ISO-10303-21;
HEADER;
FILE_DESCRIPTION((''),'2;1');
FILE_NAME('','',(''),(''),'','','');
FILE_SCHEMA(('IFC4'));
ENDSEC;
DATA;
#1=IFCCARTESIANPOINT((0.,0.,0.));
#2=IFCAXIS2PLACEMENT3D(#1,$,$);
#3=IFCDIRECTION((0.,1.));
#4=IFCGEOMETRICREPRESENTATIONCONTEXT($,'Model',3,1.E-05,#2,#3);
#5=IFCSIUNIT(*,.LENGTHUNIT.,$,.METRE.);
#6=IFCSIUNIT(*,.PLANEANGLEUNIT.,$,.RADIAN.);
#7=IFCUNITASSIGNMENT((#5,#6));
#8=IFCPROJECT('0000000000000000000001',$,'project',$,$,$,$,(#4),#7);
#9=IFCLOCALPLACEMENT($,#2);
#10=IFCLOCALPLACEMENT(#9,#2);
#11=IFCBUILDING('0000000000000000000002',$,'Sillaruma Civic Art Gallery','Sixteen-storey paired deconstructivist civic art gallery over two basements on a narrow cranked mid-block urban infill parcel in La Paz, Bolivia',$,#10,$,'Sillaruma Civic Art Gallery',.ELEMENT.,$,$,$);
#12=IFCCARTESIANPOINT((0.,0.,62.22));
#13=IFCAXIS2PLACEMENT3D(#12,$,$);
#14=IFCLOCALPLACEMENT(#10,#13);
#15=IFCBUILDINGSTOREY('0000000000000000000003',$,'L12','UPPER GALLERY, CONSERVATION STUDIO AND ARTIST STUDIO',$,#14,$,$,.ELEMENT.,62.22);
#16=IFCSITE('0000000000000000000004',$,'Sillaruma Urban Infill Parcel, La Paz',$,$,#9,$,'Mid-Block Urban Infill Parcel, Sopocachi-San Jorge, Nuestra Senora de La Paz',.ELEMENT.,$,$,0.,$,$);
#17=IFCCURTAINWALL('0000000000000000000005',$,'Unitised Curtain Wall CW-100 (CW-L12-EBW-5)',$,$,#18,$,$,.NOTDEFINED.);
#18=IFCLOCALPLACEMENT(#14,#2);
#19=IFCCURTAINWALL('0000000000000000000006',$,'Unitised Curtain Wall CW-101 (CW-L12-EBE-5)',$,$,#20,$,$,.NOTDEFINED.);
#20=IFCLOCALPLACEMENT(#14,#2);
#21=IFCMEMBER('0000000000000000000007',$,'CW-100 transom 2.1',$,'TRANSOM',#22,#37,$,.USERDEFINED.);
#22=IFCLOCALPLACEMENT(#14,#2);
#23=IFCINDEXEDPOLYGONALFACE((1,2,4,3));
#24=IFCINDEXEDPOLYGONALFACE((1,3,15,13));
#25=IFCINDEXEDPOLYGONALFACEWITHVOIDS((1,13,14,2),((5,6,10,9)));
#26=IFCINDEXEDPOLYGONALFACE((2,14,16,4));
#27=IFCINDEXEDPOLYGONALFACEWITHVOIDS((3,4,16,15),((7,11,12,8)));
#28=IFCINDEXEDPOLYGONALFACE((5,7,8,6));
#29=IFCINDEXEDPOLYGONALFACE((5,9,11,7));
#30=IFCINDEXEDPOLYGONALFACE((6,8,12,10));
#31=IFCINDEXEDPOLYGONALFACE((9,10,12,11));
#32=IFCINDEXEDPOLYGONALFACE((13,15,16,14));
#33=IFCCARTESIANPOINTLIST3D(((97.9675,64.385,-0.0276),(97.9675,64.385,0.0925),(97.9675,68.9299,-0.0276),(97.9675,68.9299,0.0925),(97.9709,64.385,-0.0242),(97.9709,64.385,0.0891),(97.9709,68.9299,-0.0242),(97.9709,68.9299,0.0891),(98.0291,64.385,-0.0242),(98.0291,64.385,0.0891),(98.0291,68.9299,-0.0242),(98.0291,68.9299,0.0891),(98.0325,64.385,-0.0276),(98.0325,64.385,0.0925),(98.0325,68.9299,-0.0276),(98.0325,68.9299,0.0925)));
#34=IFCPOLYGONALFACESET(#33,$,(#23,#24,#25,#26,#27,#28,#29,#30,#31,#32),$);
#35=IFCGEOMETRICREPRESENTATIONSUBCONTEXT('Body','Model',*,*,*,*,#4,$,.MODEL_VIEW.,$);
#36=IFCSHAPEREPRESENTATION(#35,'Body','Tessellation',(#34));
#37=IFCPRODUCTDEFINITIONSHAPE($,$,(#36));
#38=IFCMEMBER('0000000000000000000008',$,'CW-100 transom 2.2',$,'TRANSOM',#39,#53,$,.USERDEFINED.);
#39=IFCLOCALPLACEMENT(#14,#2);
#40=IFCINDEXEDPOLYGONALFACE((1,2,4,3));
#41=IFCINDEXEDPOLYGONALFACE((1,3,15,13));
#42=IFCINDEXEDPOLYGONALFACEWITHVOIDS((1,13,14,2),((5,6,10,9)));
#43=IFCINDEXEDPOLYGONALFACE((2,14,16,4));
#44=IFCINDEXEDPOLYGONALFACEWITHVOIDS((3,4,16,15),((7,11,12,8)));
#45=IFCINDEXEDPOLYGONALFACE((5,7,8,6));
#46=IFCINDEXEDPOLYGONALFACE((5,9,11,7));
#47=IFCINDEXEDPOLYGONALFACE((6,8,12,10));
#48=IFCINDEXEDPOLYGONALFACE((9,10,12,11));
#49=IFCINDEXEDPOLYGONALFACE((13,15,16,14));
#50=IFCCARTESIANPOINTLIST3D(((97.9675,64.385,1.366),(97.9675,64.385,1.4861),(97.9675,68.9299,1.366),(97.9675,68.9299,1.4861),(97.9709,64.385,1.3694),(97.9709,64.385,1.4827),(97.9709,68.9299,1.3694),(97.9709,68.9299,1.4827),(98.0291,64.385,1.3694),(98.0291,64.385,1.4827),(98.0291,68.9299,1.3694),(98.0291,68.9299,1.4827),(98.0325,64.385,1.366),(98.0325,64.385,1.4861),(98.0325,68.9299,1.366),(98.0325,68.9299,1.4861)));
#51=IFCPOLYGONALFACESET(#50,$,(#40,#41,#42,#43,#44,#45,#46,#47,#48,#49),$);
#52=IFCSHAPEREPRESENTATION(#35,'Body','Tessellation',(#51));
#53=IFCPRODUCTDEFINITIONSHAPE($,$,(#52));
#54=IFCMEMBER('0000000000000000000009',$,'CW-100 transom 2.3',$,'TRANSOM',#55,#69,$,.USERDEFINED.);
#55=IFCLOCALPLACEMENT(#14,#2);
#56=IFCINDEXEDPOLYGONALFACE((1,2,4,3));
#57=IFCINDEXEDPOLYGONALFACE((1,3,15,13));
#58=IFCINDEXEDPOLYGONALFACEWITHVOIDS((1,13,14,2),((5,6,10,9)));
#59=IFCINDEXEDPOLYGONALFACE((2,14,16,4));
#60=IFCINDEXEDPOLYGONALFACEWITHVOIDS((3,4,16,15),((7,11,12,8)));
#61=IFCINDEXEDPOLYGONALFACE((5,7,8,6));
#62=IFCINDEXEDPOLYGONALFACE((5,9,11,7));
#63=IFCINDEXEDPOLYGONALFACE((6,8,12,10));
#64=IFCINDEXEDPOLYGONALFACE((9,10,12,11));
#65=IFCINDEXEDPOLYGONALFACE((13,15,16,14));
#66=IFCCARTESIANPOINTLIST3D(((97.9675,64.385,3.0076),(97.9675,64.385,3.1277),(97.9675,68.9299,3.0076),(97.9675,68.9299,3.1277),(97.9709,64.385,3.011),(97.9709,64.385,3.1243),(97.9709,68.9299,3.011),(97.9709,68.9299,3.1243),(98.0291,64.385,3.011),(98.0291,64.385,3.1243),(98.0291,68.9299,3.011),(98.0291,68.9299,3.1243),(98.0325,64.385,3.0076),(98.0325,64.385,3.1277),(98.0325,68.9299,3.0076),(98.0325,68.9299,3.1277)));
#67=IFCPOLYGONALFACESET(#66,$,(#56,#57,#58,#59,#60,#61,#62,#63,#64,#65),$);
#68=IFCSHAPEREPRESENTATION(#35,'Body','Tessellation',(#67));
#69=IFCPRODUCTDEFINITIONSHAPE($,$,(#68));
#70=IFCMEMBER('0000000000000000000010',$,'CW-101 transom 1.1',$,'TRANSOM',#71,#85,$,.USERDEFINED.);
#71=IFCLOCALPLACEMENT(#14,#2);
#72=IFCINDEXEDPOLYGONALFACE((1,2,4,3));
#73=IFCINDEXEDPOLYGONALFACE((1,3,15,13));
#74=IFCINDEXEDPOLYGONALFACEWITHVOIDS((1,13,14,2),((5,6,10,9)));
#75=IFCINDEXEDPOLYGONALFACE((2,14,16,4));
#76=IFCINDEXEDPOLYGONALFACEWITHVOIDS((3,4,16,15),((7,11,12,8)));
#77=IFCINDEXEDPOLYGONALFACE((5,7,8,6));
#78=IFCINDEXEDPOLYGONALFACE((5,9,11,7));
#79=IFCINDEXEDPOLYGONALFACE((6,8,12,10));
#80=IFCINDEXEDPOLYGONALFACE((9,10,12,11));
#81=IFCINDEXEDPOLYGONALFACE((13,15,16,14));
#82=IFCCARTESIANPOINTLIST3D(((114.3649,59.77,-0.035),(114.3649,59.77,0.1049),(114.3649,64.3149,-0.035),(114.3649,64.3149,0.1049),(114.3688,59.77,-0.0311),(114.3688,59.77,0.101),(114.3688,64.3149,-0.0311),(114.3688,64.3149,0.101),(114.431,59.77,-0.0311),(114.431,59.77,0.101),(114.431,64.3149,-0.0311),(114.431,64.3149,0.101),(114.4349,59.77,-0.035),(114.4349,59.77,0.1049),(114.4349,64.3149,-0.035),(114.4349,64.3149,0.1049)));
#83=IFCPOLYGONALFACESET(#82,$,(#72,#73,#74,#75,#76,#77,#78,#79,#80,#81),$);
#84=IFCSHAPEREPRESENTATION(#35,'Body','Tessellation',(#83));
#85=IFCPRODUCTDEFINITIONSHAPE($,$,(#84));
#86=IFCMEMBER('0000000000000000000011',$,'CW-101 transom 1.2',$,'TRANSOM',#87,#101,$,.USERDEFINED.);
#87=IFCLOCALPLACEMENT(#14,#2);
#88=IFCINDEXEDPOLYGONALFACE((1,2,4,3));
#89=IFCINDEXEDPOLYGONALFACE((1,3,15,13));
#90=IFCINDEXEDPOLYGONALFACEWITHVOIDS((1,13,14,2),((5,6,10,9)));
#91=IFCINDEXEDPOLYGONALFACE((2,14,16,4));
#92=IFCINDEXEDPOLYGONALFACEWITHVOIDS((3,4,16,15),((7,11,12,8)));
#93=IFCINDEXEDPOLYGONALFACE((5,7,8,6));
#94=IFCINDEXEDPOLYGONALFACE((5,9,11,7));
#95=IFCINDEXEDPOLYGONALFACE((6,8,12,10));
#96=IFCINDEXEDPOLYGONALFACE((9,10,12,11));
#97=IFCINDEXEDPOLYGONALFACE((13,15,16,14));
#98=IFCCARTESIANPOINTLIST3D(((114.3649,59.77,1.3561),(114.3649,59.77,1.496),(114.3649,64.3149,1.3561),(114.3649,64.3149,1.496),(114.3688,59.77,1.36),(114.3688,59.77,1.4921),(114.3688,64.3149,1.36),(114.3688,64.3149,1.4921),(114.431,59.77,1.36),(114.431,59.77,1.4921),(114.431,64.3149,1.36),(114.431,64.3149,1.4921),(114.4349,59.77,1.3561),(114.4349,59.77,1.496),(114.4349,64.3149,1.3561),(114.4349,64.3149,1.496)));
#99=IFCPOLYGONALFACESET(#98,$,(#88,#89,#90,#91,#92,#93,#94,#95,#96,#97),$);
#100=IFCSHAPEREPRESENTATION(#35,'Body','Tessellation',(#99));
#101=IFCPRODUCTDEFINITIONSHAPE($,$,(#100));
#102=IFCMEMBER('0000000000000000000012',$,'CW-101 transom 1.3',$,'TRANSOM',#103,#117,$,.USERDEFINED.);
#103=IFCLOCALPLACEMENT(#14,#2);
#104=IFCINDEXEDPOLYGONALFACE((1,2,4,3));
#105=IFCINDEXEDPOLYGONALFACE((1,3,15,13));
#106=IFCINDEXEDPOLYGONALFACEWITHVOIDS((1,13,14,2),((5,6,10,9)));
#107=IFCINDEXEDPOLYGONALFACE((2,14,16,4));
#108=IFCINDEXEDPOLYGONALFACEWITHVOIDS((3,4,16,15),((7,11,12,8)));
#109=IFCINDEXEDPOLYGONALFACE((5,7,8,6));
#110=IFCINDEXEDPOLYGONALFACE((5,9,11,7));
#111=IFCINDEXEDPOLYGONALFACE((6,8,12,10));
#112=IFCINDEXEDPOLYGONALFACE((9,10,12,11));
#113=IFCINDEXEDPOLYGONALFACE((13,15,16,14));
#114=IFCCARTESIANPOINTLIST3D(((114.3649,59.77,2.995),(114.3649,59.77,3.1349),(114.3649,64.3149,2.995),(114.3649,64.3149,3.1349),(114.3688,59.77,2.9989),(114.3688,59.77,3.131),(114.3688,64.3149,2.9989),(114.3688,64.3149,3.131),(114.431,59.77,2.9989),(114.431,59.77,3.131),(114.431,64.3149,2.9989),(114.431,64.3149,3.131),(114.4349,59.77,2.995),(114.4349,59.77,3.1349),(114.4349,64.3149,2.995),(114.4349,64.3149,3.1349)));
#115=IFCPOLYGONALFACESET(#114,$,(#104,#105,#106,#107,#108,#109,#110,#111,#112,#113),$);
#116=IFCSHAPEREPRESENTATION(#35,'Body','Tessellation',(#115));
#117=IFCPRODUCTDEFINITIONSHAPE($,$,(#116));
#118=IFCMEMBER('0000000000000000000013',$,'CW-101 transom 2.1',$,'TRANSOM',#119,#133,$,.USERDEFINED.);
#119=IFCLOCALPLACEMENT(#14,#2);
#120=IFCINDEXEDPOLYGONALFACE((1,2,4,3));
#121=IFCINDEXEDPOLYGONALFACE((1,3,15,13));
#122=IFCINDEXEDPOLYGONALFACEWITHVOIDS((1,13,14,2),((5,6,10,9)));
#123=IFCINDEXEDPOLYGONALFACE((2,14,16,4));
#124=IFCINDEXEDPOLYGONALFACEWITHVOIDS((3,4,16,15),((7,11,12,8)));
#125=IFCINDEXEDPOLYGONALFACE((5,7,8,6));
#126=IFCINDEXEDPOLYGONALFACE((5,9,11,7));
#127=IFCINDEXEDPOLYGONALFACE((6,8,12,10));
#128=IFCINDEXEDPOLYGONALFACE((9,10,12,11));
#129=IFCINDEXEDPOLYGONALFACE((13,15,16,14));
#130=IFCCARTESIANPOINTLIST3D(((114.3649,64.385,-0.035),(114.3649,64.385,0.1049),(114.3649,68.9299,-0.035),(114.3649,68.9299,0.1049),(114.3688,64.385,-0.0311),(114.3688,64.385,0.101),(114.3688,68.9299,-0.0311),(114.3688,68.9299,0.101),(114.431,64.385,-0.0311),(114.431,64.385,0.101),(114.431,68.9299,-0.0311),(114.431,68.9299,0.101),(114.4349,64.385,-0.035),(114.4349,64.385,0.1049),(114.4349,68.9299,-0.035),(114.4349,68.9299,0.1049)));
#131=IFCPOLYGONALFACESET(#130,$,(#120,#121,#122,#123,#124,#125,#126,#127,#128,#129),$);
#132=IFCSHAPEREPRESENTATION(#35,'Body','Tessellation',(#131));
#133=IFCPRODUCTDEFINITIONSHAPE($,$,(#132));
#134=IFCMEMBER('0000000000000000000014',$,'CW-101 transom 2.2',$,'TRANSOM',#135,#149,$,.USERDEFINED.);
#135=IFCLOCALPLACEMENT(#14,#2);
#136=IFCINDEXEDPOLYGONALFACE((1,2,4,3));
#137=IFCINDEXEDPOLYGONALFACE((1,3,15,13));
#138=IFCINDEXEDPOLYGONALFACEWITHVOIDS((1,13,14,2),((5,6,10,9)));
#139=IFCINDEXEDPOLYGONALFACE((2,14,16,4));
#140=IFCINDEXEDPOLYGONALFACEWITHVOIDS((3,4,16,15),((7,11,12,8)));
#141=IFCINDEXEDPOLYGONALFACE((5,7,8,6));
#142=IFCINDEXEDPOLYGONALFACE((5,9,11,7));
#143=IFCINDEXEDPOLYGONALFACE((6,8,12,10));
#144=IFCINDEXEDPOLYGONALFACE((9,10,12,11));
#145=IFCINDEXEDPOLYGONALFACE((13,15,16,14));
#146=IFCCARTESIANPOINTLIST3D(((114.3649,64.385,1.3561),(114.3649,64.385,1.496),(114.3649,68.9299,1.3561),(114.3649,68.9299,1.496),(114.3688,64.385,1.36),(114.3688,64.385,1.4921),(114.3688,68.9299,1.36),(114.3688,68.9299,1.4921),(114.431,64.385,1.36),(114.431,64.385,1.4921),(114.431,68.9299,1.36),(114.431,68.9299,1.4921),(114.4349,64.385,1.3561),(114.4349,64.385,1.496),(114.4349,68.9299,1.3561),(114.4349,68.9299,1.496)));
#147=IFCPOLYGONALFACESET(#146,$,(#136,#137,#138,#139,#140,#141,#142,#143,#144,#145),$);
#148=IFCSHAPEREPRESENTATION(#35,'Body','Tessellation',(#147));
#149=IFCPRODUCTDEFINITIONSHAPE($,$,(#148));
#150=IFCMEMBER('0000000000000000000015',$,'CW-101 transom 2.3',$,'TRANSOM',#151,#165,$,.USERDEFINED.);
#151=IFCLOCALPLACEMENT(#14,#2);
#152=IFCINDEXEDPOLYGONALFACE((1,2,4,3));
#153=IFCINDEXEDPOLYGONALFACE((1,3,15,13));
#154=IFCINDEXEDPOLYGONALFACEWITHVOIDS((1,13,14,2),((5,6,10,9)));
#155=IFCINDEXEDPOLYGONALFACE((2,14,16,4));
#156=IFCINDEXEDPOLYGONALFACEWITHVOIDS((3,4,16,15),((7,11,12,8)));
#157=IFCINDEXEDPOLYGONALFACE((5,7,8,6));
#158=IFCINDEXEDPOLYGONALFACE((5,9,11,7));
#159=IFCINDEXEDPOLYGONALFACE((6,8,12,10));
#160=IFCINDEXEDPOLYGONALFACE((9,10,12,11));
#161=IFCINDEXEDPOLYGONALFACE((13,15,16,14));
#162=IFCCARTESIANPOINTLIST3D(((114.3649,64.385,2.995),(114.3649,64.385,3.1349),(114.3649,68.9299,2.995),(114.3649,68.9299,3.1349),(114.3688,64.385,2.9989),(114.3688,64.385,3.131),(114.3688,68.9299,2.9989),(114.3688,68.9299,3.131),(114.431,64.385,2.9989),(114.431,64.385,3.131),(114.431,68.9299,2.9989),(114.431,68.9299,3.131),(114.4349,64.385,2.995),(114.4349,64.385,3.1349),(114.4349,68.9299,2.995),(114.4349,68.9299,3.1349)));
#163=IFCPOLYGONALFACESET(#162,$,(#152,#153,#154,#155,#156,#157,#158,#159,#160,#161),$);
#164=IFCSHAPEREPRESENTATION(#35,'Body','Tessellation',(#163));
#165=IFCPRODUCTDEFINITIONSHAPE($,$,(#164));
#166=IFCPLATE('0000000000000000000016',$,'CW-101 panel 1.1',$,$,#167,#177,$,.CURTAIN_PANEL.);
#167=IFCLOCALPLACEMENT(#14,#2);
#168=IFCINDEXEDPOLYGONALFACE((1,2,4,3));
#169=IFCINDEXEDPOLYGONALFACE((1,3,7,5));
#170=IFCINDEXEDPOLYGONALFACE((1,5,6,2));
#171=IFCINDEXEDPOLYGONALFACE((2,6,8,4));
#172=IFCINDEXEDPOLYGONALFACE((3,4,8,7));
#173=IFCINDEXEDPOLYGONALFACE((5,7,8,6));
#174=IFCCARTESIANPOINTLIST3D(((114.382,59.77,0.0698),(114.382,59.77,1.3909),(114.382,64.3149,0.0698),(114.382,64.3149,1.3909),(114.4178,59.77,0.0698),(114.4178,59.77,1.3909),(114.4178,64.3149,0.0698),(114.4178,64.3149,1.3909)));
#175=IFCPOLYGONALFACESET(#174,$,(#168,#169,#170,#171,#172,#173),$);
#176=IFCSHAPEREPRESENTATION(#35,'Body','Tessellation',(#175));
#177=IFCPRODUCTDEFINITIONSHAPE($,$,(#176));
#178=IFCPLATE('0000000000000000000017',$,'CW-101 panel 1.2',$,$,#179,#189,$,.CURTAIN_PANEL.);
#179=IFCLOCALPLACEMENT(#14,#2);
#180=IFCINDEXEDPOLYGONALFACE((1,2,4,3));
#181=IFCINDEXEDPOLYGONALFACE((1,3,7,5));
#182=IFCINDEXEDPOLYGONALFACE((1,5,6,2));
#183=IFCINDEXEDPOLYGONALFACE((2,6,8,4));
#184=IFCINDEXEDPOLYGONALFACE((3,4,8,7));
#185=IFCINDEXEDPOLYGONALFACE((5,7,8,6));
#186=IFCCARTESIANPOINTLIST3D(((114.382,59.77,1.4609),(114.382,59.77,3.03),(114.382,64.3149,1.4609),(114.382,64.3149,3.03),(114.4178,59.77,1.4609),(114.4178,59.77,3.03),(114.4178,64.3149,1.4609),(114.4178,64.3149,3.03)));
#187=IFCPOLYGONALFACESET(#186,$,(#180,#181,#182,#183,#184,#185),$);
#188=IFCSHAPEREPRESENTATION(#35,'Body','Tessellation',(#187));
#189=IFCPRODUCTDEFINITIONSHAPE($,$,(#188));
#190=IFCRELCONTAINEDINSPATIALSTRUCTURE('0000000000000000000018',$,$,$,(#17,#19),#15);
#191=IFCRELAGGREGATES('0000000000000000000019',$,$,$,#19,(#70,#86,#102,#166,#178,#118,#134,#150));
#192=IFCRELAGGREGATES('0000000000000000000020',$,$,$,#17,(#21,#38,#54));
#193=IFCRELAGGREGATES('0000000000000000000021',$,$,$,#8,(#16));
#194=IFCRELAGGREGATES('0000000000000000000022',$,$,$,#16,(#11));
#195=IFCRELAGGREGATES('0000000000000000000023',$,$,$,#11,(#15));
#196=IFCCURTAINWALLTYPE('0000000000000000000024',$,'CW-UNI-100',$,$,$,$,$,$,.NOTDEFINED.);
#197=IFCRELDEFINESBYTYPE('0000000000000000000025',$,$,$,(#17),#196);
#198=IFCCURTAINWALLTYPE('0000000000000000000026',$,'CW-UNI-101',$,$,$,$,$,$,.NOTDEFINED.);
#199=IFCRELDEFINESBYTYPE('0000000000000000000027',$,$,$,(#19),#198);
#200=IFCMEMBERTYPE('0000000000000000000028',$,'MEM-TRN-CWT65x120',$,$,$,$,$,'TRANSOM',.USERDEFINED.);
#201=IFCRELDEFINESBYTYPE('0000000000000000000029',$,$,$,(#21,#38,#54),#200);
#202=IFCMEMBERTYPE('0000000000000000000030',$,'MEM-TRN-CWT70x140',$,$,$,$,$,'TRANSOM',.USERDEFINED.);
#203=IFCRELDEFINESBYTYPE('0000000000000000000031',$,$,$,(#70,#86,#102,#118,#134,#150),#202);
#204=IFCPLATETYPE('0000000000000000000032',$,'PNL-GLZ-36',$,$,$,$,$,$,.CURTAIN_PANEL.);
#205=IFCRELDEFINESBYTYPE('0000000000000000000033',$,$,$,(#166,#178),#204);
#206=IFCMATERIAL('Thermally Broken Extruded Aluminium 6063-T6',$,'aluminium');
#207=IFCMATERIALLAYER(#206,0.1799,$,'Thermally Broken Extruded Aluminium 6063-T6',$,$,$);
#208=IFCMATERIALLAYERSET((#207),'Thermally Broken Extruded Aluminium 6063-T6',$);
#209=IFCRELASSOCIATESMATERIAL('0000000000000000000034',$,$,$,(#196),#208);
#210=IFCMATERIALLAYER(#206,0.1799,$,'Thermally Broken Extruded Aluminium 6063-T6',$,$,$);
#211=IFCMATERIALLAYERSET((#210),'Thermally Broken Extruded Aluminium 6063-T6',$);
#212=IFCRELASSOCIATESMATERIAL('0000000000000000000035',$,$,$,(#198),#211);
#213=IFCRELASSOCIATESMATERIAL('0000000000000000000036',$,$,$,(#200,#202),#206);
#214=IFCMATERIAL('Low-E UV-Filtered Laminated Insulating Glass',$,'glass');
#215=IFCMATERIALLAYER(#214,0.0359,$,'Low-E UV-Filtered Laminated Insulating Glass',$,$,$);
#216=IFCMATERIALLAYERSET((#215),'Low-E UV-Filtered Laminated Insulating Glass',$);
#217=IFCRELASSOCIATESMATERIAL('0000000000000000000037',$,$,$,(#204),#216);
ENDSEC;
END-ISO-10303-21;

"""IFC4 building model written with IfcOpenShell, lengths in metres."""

from ifc_helpers import new_model, si_unit, direction, frame, origin, origin_2d, place, context, subcontext, project, spatial, rectangle, hollow_rectangle, extrude, material, layer, layer_set, material_profile, profile_set, type_object, element, aggregate, save


model = new_model("IFC4")

# Units and contexts
model_context = context("Model", 3, precision=1e-05, world=origin(), true_north=direction((0.0, 1.0)))
body_context = subcontext(model_context, "Body", "Model", "MODEL_VIEW")
ifc_project = project(units=[si_unit("LENGTHUNIT", "METRE"), si_unit("PLANEANGLEUNIT", "RADIAN")], contexts=[model_context])

# Site, building, storey
site_placement = place(None, origin())
site = spatial("IfcSite", under=ifc_project, at=site_placement, Name="Sillaruma Urban Infill Parcel, La Paz", LongName="Mid-Block Urban Infill Parcel, Sopocachi-San Jorge, Nuestra Senora de La Paz", CompositionType="ELEMENT", RefElevation=0.0)
building_placement = place(site_placement, origin())
building = spatial("IfcBuilding", under=site, at=building_placement, Name="Sillaruma Civic Art Gallery", Description="Sixteen-storey paired deconstructivist civic art gallery over two basements on a narrow cranked mid-block urban infill parcel in La Paz, Bolivia", LongName="Sillaruma Civic Art Gallery", CompositionType="ELEMENT")
storey_placement = place(building_placement, frame((0.0, 0.0, 62.22)))
storey = spatial("IfcBuildingStorey", under=building, at=storey_placement, Name="L12", Description="UPPER GALLERY, CONSERVATION STUDIO AND ARTIST STUDIO", CompositionType="ELEMENT", Elevation=62.22)

# Shared definitions
ifc_material_1 = material(Name="Thermally Broken Extruded Aluminium 6063-T6", Category="aluminium")

# Curtain walls
ifc_layer_1 = layer(ifc_material_1, 0.1799, Name="Thermally Broken Extruded Aluminium 6063-T6")
ifc_layer_set_1 = layer_set([ifc_layer_1], Name="Thermally Broken Extruded Aluminium 6063-T6")
curtain_wall_type_1 = type_object("IfcCurtainWallType", Name="CW-UNI-100", PredefinedType="NOTDEFINED", material=ifc_layer_set_1)
curtain_wall_1_placement = place(storey_placement, origin())
curtain_wall_1 = element("IfcCurtainWall", 1, at=curtain_wall_1_placement, inside=storey, type_object=curtain_wall_type_1, Name="Unitised Curtain Wall CW-100 (CW-L12-EBW-5)", PredefinedType="NOTDEFINED")
ifc_layer_2 = layer(ifc_material_1, 0.1799, Name="Thermally Broken Extruded Aluminium 6063-T6")
ifc_layer_set_2 = layer_set([ifc_layer_2], Name="Thermally Broken Extruded Aluminium 6063-T6")
curtain_wall_type_2 = type_object("IfcCurtainWallType", Name="CW-UNI-101", PredefinedType="NOTDEFINED", material=ifc_layer_set_2)
curtain_wall_2_placement = place(storey_placement, origin())
curtain_wall_2 = element("IfcCurtainWall", 2, at=curtain_wall_2_placement, inside=storey, type_object=curtain_wall_type_2, Name="Unitised Curtain Wall CW-101 (CW-L12-EBE-5)", PredefinedType="NOTDEFINED")

# Members
ifc_material_profile_1 = material_profile(ifc_material_1, hollow_rectangle(XDim=0.0649, YDim=0.1201, WallThickness=0.0034, at=origin_2d()), Name="CWT65x120")
ifc_profile_set_1 = profile_set([ifc_material_profile_1], Name="Thermally Broken Extruded Aluminium 6063-T6")
member_type_1 = type_object("IfcMemberType", Name="MEM-TRN-CWT65x120", ElementType="TRANSOM", PredefinedType="USERDEFINED", material=ifc_profile_set_1)
member_1_placement = place(storey_placement, frame((98.0, 64.385, 0.0325), z_axis=(0.0, 1.0, 0.0), x_axis=(-1.0, 0.0, 0.0)))
member_1 = element("IfcMember", 3, at=member_1_placement, type_object=member_type_1, Name="CW-100 transom 2.1", ObjectType="TRANSOM", PredefinedType="USERDEFINED", context=body_context, shape_type="SweptSolid", body=[
    extrude(hollow_rectangle(XDim=0.0649, YDim=0.1201, WallThickness=0.0034, at=origin_2d()), origin(), (0.0, 0.0, 1.0), 4.5449),
])
member_2_placement = place(storey_placement, frame((98.0, 64.385, 1.426), z_axis=(0.0, 1.0, 0.0), x_axis=(-1.0, 0.0, 0.0)))
member_2 = element("IfcMember", 4, at=member_2_placement, type_object=member_type_1, Name="CW-100 transom 2.2", ObjectType="TRANSOM", PredefinedType="USERDEFINED", context=body_context, shape_type="SweptSolid", body=[
    extrude(hollow_rectangle(XDim=0.0649, YDim=0.1201, WallThickness=0.0034, at=origin_2d()), origin(), (0.0, 0.0, 1.0), 4.5449),
])
member_3_placement = place(storey_placement, frame((98.0, 64.385, 3.0676), z_axis=(0.0, 1.0, 0.0), x_axis=(-1.0, 0.0, 0.0)))
member_3 = element("IfcMember", 5, at=member_3_placement, type_object=member_type_1, Name="CW-100 transom 2.3", ObjectType="TRANSOM", PredefinedType="USERDEFINED", context=body_context, shape_type="SweptSolid", body=[
    extrude(hollow_rectangle(XDim=0.0649, YDim=0.1201, WallThickness=0.0034, at=origin_2d()), origin(), (0.0, 0.0, 1.0), 4.5449),
])
ifc_material_profile_2 = material_profile(ifc_material_1, hollow_rectangle(XDim=0.0701, YDim=0.1399, WallThickness=0.0039, at=origin_2d()), Name="CWT70x140")
ifc_profile_set_2 = profile_set([ifc_material_profile_2], Name="Thermally Broken Extruded Aluminium 6063-T6")
member_type_2 = type_object("IfcMemberType", Name="MEM-TRN-CWT70x140", ElementType="TRANSOM", PredefinedType="USERDEFINED", material=ifc_profile_set_2)
member_4_placement = place(storey_placement, frame((114.3999, 59.77, 0.0349), z_axis=(0.0, 1.0, 0.0), x_axis=(-1.0, 0.0, 0.0)))
member_4 = element("IfcMember", 6, at=member_4_placement, type_object=member_type_2, Name="CW-101 transom 1.1", ObjectType="TRANSOM", PredefinedType="USERDEFINED", context=body_context, shape_type="SweptSolid", body=[
    extrude(hollow_rectangle(XDim=0.0701, YDim=0.1399, WallThickness=0.0039, at=origin_2d()), origin(), (0.0, 0.0, 1.0), 4.5449),
])
member_5_placement = place(storey_placement, frame((114.3999, 59.77, 1.426), z_axis=(0.0, 1.0, 0.0), x_axis=(-1.0, 0.0, 0.0)))
member_5 = element("IfcMember", 7, at=member_5_placement, type_object=member_type_2, Name="CW-101 transom 1.2", ObjectType="TRANSOM", PredefinedType="USERDEFINED", context=body_context, shape_type="SweptSolid", body=[
    extrude(hollow_rectangle(XDim=0.0701, YDim=0.1399, WallThickness=0.0039, at=origin_2d()), origin(), (0.0, 0.0, 1.0), 4.5449),
])
member_6_placement = place(storey_placement, frame((114.3999, 59.77, 3.0649), z_axis=(0.0, 1.0, 0.0), x_axis=(-1.0, 0.0, 0.0)))
member_6 = element("IfcMember", 8, at=member_6_placement, type_object=member_type_2, Name="CW-101 transom 1.3", ObjectType="TRANSOM", PredefinedType="USERDEFINED", context=body_context, shape_type="SweptSolid", body=[
    extrude(hollow_rectangle(XDim=0.0701, YDim=0.1399, WallThickness=0.0039, at=origin_2d()), origin(), (0.0, 0.0, 1.0), 4.5449),
])
member_7_placement = place(storey_placement, frame((114.3999, 64.385, 0.0349), z_axis=(0.0, 1.0, 0.0), x_axis=(-1.0, 0.0, 0.0)))
member_7 = element("IfcMember", 9, at=member_7_placement, type_object=member_type_2, Name="CW-101 transom 2.1", ObjectType="TRANSOM", PredefinedType="USERDEFINED", context=body_context, shape_type="SweptSolid", body=[
    extrude(hollow_rectangle(XDim=0.0701, YDim=0.1399, WallThickness=0.0039, at=origin_2d()), origin(), (0.0, 0.0, 1.0), 4.5449),
])
member_8_placement = place(storey_placement, frame((114.3999, 64.385, 1.426), z_axis=(0.0, 1.0, 0.0), x_axis=(-1.0, 0.0, 0.0)))
member_8 = element("IfcMember", 10, at=member_8_placement, type_object=member_type_2, Name="CW-101 transom 2.2", ObjectType="TRANSOM", PredefinedType="USERDEFINED", context=body_context, shape_type="SweptSolid", body=[
    extrude(hollow_rectangle(XDim=0.0701, YDim=0.1399, WallThickness=0.0039, at=origin_2d()), origin(), (0.0, 0.0, 1.0), 4.5449),
])
member_9_placement = place(storey_placement, frame((114.3999, 64.385, 3.0649), z_axis=(0.0, 1.0, 0.0), x_axis=(-1.0, 0.0, 0.0)))
member_9 = element("IfcMember", 11, at=member_9_placement, type_object=member_type_2, Name="CW-101 transom 2.3", ObjectType="TRANSOM", PredefinedType="USERDEFINED", context=body_context, shape_type="SweptSolid", body=[
    extrude(hollow_rectangle(XDim=0.0701, YDim=0.1399, WallThickness=0.0039, at=origin_2d()), origin(), (0.0, 0.0, 1.0), 4.5449),
])

# Plates
ifc_material_2 = material(Name="Low-E UV-Filtered Laminated Insulating Glass", Category="glass")
ifc_layer_3 = layer(ifc_material_2, 0.0359, Name="Low-E UV-Filtered Laminated Insulating Glass")
ifc_layer_set_3 = layer_set([ifc_layer_3], Name="Low-E UV-Filtered Laminated Insulating Glass")
plate_type_1 = type_object("IfcPlateType", Name="PNL-GLZ-36", PredefinedType="CURTAIN_PANEL", material=ifc_layer_set_3)
plate_1_placement = place(storey_placement, frame((114.3999, 62.0425, 0.0698), z_axis=(0.0, 0.0, 1.0), x_axis=(0.0, 1.0, 0.0)))
plate_1 = element("IfcPlate", 12, at=plate_1_placement, type_object=plate_type_1, Name="CW-101 panel 1.1", PredefinedType="CURTAIN_PANEL", context=body_context, shape_type="SweptSolid", body=[
    extrude(rectangle(XDim=4.5449, YDim=0.0359, at=origin_2d()), origin(), (0.0, 0.0, 1.0), 1.321),
])
plate_2_placement = place(storey_placement, frame((114.3999, 62.0425, 1.4609), z_axis=(0.0, 0.0, 1.0), x_axis=(0.0, 1.0, 0.0)))
plate_2 = element("IfcPlate", 13, at=plate_2_placement, type_object=plate_type_1, Name="CW-101 panel 1.2", PredefinedType="CURTAIN_PANEL", context=body_context, shape_type="SweptSolid", body=[
    extrude(rectangle(XDim=4.5449, YDim=0.0359, at=origin_2d()), origin(), (0.0, 0.0, 1.0), 1.5691),
])
aggregate(curtain_wall_2, [member_4, member_5, member_6, plate_1, plate_2, member_7, member_8, member_9])
aggregate(curtain_wall_1, [member_1, member_2, member_3])

save(model, "model.ifc")
